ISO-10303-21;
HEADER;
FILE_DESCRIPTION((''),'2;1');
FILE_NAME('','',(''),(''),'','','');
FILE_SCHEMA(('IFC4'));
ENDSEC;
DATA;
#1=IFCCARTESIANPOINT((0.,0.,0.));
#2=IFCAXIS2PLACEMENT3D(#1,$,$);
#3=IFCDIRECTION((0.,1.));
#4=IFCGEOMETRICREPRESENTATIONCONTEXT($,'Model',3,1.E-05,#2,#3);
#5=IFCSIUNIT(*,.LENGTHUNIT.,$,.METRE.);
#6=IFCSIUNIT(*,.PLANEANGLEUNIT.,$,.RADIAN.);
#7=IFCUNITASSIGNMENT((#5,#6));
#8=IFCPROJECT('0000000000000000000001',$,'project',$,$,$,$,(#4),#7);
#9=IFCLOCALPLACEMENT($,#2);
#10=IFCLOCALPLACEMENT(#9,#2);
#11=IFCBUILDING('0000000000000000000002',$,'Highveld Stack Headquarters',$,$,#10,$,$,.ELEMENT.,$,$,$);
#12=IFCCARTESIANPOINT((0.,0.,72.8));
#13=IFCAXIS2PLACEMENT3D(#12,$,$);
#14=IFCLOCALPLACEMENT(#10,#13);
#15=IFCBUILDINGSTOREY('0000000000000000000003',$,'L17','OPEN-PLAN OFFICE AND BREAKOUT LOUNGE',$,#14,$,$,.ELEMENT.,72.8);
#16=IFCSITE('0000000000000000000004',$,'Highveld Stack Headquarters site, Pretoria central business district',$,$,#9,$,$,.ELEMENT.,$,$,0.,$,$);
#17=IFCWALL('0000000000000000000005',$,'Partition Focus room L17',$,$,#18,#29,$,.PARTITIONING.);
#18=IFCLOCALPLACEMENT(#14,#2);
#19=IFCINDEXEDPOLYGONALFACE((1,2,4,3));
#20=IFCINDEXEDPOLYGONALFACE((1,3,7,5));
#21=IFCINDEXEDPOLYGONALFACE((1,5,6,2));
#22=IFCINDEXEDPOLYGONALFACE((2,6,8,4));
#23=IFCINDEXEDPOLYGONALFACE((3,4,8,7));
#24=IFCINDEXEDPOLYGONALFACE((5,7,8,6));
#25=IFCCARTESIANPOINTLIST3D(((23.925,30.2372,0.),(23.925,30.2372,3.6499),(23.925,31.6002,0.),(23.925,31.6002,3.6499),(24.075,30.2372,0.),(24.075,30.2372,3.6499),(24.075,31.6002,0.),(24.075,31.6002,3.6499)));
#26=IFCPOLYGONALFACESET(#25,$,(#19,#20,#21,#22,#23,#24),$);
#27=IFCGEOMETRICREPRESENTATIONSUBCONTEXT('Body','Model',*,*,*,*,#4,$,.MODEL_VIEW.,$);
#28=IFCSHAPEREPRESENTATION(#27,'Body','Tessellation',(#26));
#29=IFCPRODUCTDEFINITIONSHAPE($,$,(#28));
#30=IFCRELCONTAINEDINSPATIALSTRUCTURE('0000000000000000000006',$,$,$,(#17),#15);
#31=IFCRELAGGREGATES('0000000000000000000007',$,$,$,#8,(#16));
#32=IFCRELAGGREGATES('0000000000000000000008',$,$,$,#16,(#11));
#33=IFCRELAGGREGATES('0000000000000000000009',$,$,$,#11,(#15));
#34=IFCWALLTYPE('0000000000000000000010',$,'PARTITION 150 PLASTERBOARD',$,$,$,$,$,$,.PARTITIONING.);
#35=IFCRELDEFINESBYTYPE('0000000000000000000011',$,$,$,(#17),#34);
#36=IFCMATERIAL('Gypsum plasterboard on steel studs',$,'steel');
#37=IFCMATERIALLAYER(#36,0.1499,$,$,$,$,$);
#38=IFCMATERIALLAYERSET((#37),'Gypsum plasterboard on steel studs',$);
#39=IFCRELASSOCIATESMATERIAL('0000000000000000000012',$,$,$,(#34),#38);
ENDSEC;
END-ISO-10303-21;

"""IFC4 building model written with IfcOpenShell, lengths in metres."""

from ifc_helpers import new_model, si_unit, direction, frame, frame_2d, origin, place, context, subcontext, project, spatial, rectangle, extrude, material, layer, layer_set, type_object, element, save


model = new_model("IFC4")

# Units and contexts
model_context = context("Model", 3, precision=1e-05, world=origin(), true_north=direction((0.0, 1.0)))
body_context = subcontext(model_context, "Body", "Model", "MODEL_VIEW")
ifc_project = project(units=[si_unit("LENGTHUNIT", "METRE"), si_unit("PLANEANGLEUNIT", "RADIAN")], contexts=[model_context])

# Site, building, storey
site_placement = place(None, origin())
site = spatial("IfcSite", under=ifc_project, at=site_placement, Name="Highveld Stack Headquarters site, Pretoria central business district", CompositionType="ELEMENT", RefElevation=0.0)
building_placement = place(site_placement, origin())
building = spatial("IfcBuilding", under=site, at=building_placement, Name="Highveld Stack Headquarters", CompositionType="ELEMENT")
storey_placement = place(building_placement, frame((0.0, 0.0, 72.8)))
storey = spatial("IfcBuildingStorey", under=building, at=storey_placement, Name="L17", Description="OPEN-PLAN OFFICE AND BREAKOUT LOUNGE", CompositionType="ELEMENT", Elevation=72.8)

# Wall
ifc_material_1 = material(Name="Gypsum plasterboard on steel studs", Category="steel")
ifc_layer_1 = layer(ifc_material_1, 0.1499)
ifc_layer_set_1 = layer_set([ifc_layer_1], Name="Gypsum plasterboard on steel studs")
wall_type = type_object("IfcWallType", Name="PARTITION 150 PLASTERBOARD", PredefinedType="PARTITIONING", material=ifc_layer_set_1)
wall_1_placement = place(storey_placement, frame((24.0, 30.2371, 0.0), z_axis=(0.0, 0.0, 1.0), x_axis=(0.0, 1.0, 0.0)))
element("IfcWall", 1, at=wall_1_placement, inside=storey, type_object=wall_type, Name="Partition Focus room L17", PredefinedType="PARTITIONING", context=body_context, shape_type="SweptSolid", body=[
    extrude(rectangle(XDim=1.363, YDim=0.1499, at=frame_2d((0.6816, 0.0))), origin(), (0.0, 0.0, 1.0), 3.6499),
])

save(model, "model.ifc")
